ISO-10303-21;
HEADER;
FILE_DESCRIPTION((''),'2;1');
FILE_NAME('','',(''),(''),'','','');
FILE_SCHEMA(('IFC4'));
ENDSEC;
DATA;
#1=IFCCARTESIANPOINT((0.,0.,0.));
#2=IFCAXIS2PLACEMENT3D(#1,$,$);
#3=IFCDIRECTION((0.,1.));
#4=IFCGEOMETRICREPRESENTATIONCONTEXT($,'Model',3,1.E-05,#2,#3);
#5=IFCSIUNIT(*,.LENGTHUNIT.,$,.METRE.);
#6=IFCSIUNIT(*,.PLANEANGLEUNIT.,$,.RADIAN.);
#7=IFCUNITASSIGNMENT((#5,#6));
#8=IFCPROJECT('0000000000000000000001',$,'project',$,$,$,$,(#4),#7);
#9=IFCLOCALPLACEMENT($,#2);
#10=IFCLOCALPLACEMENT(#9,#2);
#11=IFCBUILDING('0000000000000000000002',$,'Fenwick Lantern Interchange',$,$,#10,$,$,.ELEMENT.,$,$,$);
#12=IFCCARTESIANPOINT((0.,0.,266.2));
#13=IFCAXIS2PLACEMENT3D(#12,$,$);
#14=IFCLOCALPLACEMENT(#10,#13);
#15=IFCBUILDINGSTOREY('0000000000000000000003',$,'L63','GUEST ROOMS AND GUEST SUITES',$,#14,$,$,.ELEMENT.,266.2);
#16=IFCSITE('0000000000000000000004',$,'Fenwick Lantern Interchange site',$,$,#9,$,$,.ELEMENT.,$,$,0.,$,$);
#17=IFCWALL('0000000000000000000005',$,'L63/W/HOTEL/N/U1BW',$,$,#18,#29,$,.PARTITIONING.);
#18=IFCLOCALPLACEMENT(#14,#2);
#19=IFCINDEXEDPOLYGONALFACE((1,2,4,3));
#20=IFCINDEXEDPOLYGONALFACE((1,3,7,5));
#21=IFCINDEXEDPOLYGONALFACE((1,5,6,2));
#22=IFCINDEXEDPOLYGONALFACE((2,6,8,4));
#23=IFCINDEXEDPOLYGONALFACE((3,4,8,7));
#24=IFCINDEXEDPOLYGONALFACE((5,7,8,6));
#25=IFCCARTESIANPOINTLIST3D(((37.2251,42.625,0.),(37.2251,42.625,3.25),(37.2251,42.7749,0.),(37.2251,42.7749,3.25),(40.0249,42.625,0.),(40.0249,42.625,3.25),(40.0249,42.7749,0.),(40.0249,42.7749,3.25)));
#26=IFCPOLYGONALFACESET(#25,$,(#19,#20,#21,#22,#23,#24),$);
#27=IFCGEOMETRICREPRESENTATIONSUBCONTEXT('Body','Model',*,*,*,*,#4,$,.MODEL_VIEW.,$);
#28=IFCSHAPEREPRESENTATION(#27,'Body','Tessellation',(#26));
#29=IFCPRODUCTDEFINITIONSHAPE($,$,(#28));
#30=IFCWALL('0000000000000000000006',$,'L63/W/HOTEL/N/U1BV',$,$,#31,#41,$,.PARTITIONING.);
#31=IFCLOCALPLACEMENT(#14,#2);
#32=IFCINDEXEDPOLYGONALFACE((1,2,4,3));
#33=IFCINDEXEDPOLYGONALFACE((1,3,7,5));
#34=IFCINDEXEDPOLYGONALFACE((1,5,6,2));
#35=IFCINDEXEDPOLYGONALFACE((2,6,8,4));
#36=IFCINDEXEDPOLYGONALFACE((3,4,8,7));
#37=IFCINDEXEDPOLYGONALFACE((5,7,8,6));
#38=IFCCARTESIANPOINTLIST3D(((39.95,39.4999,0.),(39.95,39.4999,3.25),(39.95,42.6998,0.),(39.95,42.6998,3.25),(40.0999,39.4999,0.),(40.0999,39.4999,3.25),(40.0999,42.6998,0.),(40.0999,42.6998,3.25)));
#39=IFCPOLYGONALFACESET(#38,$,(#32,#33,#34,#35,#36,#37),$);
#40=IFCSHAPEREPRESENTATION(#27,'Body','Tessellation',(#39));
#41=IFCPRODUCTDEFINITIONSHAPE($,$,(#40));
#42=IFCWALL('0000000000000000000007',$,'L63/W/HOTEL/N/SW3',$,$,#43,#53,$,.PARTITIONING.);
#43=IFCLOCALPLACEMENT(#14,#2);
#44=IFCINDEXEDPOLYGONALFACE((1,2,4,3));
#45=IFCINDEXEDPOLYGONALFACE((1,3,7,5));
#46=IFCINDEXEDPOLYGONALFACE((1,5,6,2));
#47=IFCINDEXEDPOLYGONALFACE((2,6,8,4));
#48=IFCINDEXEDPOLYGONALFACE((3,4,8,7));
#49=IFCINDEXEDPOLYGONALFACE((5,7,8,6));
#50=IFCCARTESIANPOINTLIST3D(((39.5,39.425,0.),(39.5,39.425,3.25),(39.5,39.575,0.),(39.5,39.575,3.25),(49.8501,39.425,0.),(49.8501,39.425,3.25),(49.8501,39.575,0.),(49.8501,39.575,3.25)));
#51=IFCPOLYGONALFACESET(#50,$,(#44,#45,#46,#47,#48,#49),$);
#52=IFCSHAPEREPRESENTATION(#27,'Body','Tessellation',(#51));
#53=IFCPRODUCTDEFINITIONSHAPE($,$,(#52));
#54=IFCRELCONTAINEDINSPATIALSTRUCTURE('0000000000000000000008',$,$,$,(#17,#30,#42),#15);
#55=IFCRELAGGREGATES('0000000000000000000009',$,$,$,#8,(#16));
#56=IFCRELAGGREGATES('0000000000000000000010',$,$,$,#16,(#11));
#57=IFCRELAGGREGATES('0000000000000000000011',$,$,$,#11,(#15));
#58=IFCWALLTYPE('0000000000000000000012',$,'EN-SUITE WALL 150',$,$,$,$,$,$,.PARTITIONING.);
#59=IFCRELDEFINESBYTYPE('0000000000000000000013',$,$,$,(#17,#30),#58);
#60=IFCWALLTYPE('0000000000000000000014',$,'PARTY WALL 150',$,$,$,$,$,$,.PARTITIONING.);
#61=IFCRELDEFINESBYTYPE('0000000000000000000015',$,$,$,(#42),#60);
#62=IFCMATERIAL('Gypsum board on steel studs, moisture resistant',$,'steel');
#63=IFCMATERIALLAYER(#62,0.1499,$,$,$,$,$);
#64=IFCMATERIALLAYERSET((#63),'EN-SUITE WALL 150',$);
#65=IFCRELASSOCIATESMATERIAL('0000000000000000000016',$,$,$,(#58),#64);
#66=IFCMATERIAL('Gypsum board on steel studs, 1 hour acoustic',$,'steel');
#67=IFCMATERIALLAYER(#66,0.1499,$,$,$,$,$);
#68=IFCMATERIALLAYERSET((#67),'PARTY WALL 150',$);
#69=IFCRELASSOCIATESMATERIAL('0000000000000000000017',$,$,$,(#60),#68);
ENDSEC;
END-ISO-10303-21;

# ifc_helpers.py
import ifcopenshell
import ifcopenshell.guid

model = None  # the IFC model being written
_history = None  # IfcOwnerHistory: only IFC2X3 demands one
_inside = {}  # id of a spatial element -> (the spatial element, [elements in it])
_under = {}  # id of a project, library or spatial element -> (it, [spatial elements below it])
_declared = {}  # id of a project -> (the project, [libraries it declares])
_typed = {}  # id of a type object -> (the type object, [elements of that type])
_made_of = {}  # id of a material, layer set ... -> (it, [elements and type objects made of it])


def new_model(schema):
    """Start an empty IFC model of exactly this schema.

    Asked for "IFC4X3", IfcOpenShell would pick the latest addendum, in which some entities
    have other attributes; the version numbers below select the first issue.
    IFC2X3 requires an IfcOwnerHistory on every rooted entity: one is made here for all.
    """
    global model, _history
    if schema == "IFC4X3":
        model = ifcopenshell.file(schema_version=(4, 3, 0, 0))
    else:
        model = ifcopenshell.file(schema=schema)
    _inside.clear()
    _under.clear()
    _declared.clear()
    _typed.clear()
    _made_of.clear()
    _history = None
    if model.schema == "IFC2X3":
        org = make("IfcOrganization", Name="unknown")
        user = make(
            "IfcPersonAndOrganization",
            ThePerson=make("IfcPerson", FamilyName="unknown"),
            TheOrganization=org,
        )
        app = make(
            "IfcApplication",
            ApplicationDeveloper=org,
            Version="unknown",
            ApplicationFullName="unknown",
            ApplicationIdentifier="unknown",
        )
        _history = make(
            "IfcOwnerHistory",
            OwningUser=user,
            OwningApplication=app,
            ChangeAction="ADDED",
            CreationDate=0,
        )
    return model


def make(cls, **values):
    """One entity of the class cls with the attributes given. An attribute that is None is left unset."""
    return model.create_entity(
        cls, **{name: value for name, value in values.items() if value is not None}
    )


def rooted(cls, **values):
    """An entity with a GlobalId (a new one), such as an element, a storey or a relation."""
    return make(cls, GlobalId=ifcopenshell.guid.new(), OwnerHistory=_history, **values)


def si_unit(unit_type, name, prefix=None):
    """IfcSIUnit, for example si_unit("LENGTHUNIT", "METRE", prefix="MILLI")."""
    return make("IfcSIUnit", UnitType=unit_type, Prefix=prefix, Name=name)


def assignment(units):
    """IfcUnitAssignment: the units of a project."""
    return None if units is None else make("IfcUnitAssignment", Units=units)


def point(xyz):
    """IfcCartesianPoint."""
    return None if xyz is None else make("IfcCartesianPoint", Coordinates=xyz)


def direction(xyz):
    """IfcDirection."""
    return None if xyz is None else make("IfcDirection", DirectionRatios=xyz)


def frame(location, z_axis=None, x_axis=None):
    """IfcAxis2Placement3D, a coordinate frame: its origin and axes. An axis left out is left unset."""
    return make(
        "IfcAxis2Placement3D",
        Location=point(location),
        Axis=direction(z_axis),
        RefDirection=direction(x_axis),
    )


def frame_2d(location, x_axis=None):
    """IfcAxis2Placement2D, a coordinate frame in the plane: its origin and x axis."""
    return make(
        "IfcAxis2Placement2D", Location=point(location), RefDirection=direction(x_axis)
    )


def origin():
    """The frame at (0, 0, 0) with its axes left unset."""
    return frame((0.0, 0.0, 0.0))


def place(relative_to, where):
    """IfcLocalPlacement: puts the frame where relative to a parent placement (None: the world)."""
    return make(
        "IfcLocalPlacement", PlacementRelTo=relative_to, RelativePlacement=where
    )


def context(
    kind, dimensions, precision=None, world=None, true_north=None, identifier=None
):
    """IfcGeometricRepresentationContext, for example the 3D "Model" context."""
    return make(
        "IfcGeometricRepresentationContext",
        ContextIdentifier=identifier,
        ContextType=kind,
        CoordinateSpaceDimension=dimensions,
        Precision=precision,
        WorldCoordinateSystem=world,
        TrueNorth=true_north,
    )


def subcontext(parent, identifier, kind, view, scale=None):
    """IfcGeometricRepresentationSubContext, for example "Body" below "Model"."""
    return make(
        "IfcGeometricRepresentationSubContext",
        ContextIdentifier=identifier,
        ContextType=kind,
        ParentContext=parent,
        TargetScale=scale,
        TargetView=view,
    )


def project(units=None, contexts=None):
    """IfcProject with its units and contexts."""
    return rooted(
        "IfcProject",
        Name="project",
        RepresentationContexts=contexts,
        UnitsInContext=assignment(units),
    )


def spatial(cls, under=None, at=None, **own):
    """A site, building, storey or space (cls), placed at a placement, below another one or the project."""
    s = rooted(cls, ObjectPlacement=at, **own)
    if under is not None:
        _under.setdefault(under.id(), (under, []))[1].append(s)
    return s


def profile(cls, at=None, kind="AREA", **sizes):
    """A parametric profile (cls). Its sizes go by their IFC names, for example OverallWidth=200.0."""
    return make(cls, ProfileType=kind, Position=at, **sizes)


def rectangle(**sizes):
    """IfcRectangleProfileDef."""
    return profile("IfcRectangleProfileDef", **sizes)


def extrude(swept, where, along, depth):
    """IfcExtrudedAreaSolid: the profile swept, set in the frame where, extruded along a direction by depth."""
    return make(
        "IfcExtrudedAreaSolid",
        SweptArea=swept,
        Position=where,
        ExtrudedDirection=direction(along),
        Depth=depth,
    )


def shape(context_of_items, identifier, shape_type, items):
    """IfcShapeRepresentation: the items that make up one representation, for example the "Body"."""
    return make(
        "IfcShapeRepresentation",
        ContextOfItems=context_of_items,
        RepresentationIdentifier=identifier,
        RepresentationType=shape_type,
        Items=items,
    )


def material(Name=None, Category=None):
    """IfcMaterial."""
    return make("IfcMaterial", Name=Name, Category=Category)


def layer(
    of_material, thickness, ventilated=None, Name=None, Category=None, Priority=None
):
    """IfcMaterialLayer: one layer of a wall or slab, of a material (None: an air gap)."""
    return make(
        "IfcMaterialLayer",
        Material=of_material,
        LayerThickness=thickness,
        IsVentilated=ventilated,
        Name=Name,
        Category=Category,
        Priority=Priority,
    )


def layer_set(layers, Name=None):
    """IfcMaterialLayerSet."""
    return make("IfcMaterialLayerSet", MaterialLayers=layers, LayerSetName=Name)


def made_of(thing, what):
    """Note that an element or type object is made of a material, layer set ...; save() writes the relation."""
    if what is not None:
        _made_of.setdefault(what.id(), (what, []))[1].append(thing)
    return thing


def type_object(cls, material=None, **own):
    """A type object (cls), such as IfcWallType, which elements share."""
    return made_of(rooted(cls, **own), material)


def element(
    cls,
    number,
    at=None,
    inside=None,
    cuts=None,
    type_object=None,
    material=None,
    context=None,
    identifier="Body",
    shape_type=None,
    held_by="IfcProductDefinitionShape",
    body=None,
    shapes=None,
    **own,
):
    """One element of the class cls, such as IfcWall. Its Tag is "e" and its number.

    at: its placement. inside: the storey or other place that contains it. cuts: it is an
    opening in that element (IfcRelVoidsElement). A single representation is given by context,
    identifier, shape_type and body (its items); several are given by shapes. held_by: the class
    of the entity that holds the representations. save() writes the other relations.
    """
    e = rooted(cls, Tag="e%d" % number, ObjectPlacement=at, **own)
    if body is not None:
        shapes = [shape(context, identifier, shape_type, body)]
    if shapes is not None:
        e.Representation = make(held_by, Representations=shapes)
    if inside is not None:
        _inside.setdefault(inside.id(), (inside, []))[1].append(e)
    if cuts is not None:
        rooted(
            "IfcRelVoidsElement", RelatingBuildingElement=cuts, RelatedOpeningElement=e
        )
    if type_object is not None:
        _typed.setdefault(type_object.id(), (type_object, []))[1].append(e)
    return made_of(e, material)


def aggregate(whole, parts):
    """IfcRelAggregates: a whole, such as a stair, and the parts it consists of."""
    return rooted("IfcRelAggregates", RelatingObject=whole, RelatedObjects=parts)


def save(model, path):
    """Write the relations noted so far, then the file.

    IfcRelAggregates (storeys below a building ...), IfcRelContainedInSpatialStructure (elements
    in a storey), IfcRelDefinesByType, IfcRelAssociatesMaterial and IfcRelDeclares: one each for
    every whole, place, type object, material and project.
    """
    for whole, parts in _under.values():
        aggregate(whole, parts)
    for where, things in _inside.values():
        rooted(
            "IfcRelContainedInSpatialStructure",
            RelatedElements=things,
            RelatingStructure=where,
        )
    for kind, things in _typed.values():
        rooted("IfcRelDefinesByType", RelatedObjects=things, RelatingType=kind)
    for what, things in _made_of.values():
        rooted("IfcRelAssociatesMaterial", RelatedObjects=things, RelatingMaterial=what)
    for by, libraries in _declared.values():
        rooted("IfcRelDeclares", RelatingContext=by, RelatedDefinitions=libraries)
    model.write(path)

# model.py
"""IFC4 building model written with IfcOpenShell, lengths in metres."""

from ifc_helpers import new_model, si_unit, direction, frame, frame_2d, origin, place, context, subcontext, project, spatial, rectangle, extrude, material, layer, layer_set, type_object, element, save


model = new_model("IFC4")

# Units and contexts
model_context = context("Model", 3, precision=1e-05, world=origin(), true_north=direction((0.0, 1.0)))
body_context = subcontext(model_context, "Body", "Model", "MODEL_VIEW")
ifc_project = project(units=[si_unit("LENGTHUNIT", "METRE"), si_unit("PLANEANGLEUNIT", "RADIAN")], contexts=[model_context])

# Site, building, storey
site_placement = place(None, origin())
site = spatial("IfcSite", under=ifc_project, at=site_placement, Name="Fenwick Lantern Interchange site", CompositionType="ELEMENT", RefElevation=0.0)
building_placement = place(site_placement, origin())
building = spatial("IfcBuilding", under=site, at=building_placement, Name="Fenwick Lantern Interchange", CompositionType="ELEMENT")
storey_placement = place(building_placement, frame((0.0, 0.0, 266.2)))
storey = spatial("IfcBuildingStorey", under=building, at=storey_placement, Name="L63", Description="GUEST ROOMS AND GUEST SUITES", CompositionType="ELEMENT", Elevation=266.2)

# Walls
ifc_material_1 = material(Name="Gypsum board on steel studs, moisture resistant", Category="steel")
ifc_layer_1 = layer(ifc_material_1, 0.1499)
ifc_layer_set_1 = layer_set([ifc_layer_1], Name="EN-SUITE WALL 150")
wall_type_1 = type_object("IfcWallType", Name="EN-SUITE WALL 150", PredefinedType="PARTITIONING", material=ifc_layer_set_1)
wall_1_placement = place(storey_placement, frame((40.0249, 42.7, 0.0), z_axis=(0.0, 0.0, 1.0), x_axis=(-1.0, 0.0, 0.0)))
element("IfcWall", 1, at=wall_1_placement, inside=storey, type_object=wall_type_1, Name="L63/W/HOTEL/N/U1BW", PredefinedType="PARTITIONING", context=body_context, shape_type="SweptSolid", body=[
    extrude(rectangle(XDim=2.7998, YDim=0.1499, at=frame_2d((1.3999, 0.0))), origin(), (0.0, 0.0, 1.0), 3.25),
])
wall_2_placement = place(storey_placement, frame((40.0249, 42.7, 0.0), z_axis=(0.0, 0.0, 1.0), x_axis=(0.0, -1.0, 0.0)))
element("IfcWall", 2, at=wall_2_placement, inside=storey, type_object=wall_type_1, Name="L63/W/HOTEL/N/U1BV", PredefinedType="PARTITIONING", context=body_context, shape_type="SweptSolid", body=[
    extrude(rectangle(XDim=3.2, YDim=0.1499, at=frame_2d((1.6001, 0.0))), origin(), (0.0, 0.0, 1.0), 3.25),
])
ifc_material_2 = material(Name="Gypsum board on steel studs, 1 hour acoustic", Category="steel")
ifc_layer_2 = layer(ifc_material_2, 0.1499)
ifc_layer_set_2 = layer_set([ifc_layer_2], Name="PARTY WALL 150")
wall_type_2 = type_object("IfcWallType", Name="PARTY WALL 150", PredefinedType="PARTITIONING", material=ifc_layer_set_2)
wall_3_placement = place(storey_placement, frame((49.8501, 39.5, 0.0), z_axis=(0.0, 0.0, 1.0), x_axis=(-1.0, 0.0, 0.0)))
element("IfcWall", 3, at=wall_3_placement, inside=storey, type_object=wall_type_2, Name="L63/W/HOTEL/N/SW3", PredefinedType="PARTITIONING", context=body_context, shape_type="SweptSolid", body=[
    extrude(rectangle(XDim=10.3501, YDim=0.1499, at=frame_2d((5.175, 0.0))), origin(), (0.0, 0.0, 1.0), 3.25),
])

save(model, "model.ifc")
